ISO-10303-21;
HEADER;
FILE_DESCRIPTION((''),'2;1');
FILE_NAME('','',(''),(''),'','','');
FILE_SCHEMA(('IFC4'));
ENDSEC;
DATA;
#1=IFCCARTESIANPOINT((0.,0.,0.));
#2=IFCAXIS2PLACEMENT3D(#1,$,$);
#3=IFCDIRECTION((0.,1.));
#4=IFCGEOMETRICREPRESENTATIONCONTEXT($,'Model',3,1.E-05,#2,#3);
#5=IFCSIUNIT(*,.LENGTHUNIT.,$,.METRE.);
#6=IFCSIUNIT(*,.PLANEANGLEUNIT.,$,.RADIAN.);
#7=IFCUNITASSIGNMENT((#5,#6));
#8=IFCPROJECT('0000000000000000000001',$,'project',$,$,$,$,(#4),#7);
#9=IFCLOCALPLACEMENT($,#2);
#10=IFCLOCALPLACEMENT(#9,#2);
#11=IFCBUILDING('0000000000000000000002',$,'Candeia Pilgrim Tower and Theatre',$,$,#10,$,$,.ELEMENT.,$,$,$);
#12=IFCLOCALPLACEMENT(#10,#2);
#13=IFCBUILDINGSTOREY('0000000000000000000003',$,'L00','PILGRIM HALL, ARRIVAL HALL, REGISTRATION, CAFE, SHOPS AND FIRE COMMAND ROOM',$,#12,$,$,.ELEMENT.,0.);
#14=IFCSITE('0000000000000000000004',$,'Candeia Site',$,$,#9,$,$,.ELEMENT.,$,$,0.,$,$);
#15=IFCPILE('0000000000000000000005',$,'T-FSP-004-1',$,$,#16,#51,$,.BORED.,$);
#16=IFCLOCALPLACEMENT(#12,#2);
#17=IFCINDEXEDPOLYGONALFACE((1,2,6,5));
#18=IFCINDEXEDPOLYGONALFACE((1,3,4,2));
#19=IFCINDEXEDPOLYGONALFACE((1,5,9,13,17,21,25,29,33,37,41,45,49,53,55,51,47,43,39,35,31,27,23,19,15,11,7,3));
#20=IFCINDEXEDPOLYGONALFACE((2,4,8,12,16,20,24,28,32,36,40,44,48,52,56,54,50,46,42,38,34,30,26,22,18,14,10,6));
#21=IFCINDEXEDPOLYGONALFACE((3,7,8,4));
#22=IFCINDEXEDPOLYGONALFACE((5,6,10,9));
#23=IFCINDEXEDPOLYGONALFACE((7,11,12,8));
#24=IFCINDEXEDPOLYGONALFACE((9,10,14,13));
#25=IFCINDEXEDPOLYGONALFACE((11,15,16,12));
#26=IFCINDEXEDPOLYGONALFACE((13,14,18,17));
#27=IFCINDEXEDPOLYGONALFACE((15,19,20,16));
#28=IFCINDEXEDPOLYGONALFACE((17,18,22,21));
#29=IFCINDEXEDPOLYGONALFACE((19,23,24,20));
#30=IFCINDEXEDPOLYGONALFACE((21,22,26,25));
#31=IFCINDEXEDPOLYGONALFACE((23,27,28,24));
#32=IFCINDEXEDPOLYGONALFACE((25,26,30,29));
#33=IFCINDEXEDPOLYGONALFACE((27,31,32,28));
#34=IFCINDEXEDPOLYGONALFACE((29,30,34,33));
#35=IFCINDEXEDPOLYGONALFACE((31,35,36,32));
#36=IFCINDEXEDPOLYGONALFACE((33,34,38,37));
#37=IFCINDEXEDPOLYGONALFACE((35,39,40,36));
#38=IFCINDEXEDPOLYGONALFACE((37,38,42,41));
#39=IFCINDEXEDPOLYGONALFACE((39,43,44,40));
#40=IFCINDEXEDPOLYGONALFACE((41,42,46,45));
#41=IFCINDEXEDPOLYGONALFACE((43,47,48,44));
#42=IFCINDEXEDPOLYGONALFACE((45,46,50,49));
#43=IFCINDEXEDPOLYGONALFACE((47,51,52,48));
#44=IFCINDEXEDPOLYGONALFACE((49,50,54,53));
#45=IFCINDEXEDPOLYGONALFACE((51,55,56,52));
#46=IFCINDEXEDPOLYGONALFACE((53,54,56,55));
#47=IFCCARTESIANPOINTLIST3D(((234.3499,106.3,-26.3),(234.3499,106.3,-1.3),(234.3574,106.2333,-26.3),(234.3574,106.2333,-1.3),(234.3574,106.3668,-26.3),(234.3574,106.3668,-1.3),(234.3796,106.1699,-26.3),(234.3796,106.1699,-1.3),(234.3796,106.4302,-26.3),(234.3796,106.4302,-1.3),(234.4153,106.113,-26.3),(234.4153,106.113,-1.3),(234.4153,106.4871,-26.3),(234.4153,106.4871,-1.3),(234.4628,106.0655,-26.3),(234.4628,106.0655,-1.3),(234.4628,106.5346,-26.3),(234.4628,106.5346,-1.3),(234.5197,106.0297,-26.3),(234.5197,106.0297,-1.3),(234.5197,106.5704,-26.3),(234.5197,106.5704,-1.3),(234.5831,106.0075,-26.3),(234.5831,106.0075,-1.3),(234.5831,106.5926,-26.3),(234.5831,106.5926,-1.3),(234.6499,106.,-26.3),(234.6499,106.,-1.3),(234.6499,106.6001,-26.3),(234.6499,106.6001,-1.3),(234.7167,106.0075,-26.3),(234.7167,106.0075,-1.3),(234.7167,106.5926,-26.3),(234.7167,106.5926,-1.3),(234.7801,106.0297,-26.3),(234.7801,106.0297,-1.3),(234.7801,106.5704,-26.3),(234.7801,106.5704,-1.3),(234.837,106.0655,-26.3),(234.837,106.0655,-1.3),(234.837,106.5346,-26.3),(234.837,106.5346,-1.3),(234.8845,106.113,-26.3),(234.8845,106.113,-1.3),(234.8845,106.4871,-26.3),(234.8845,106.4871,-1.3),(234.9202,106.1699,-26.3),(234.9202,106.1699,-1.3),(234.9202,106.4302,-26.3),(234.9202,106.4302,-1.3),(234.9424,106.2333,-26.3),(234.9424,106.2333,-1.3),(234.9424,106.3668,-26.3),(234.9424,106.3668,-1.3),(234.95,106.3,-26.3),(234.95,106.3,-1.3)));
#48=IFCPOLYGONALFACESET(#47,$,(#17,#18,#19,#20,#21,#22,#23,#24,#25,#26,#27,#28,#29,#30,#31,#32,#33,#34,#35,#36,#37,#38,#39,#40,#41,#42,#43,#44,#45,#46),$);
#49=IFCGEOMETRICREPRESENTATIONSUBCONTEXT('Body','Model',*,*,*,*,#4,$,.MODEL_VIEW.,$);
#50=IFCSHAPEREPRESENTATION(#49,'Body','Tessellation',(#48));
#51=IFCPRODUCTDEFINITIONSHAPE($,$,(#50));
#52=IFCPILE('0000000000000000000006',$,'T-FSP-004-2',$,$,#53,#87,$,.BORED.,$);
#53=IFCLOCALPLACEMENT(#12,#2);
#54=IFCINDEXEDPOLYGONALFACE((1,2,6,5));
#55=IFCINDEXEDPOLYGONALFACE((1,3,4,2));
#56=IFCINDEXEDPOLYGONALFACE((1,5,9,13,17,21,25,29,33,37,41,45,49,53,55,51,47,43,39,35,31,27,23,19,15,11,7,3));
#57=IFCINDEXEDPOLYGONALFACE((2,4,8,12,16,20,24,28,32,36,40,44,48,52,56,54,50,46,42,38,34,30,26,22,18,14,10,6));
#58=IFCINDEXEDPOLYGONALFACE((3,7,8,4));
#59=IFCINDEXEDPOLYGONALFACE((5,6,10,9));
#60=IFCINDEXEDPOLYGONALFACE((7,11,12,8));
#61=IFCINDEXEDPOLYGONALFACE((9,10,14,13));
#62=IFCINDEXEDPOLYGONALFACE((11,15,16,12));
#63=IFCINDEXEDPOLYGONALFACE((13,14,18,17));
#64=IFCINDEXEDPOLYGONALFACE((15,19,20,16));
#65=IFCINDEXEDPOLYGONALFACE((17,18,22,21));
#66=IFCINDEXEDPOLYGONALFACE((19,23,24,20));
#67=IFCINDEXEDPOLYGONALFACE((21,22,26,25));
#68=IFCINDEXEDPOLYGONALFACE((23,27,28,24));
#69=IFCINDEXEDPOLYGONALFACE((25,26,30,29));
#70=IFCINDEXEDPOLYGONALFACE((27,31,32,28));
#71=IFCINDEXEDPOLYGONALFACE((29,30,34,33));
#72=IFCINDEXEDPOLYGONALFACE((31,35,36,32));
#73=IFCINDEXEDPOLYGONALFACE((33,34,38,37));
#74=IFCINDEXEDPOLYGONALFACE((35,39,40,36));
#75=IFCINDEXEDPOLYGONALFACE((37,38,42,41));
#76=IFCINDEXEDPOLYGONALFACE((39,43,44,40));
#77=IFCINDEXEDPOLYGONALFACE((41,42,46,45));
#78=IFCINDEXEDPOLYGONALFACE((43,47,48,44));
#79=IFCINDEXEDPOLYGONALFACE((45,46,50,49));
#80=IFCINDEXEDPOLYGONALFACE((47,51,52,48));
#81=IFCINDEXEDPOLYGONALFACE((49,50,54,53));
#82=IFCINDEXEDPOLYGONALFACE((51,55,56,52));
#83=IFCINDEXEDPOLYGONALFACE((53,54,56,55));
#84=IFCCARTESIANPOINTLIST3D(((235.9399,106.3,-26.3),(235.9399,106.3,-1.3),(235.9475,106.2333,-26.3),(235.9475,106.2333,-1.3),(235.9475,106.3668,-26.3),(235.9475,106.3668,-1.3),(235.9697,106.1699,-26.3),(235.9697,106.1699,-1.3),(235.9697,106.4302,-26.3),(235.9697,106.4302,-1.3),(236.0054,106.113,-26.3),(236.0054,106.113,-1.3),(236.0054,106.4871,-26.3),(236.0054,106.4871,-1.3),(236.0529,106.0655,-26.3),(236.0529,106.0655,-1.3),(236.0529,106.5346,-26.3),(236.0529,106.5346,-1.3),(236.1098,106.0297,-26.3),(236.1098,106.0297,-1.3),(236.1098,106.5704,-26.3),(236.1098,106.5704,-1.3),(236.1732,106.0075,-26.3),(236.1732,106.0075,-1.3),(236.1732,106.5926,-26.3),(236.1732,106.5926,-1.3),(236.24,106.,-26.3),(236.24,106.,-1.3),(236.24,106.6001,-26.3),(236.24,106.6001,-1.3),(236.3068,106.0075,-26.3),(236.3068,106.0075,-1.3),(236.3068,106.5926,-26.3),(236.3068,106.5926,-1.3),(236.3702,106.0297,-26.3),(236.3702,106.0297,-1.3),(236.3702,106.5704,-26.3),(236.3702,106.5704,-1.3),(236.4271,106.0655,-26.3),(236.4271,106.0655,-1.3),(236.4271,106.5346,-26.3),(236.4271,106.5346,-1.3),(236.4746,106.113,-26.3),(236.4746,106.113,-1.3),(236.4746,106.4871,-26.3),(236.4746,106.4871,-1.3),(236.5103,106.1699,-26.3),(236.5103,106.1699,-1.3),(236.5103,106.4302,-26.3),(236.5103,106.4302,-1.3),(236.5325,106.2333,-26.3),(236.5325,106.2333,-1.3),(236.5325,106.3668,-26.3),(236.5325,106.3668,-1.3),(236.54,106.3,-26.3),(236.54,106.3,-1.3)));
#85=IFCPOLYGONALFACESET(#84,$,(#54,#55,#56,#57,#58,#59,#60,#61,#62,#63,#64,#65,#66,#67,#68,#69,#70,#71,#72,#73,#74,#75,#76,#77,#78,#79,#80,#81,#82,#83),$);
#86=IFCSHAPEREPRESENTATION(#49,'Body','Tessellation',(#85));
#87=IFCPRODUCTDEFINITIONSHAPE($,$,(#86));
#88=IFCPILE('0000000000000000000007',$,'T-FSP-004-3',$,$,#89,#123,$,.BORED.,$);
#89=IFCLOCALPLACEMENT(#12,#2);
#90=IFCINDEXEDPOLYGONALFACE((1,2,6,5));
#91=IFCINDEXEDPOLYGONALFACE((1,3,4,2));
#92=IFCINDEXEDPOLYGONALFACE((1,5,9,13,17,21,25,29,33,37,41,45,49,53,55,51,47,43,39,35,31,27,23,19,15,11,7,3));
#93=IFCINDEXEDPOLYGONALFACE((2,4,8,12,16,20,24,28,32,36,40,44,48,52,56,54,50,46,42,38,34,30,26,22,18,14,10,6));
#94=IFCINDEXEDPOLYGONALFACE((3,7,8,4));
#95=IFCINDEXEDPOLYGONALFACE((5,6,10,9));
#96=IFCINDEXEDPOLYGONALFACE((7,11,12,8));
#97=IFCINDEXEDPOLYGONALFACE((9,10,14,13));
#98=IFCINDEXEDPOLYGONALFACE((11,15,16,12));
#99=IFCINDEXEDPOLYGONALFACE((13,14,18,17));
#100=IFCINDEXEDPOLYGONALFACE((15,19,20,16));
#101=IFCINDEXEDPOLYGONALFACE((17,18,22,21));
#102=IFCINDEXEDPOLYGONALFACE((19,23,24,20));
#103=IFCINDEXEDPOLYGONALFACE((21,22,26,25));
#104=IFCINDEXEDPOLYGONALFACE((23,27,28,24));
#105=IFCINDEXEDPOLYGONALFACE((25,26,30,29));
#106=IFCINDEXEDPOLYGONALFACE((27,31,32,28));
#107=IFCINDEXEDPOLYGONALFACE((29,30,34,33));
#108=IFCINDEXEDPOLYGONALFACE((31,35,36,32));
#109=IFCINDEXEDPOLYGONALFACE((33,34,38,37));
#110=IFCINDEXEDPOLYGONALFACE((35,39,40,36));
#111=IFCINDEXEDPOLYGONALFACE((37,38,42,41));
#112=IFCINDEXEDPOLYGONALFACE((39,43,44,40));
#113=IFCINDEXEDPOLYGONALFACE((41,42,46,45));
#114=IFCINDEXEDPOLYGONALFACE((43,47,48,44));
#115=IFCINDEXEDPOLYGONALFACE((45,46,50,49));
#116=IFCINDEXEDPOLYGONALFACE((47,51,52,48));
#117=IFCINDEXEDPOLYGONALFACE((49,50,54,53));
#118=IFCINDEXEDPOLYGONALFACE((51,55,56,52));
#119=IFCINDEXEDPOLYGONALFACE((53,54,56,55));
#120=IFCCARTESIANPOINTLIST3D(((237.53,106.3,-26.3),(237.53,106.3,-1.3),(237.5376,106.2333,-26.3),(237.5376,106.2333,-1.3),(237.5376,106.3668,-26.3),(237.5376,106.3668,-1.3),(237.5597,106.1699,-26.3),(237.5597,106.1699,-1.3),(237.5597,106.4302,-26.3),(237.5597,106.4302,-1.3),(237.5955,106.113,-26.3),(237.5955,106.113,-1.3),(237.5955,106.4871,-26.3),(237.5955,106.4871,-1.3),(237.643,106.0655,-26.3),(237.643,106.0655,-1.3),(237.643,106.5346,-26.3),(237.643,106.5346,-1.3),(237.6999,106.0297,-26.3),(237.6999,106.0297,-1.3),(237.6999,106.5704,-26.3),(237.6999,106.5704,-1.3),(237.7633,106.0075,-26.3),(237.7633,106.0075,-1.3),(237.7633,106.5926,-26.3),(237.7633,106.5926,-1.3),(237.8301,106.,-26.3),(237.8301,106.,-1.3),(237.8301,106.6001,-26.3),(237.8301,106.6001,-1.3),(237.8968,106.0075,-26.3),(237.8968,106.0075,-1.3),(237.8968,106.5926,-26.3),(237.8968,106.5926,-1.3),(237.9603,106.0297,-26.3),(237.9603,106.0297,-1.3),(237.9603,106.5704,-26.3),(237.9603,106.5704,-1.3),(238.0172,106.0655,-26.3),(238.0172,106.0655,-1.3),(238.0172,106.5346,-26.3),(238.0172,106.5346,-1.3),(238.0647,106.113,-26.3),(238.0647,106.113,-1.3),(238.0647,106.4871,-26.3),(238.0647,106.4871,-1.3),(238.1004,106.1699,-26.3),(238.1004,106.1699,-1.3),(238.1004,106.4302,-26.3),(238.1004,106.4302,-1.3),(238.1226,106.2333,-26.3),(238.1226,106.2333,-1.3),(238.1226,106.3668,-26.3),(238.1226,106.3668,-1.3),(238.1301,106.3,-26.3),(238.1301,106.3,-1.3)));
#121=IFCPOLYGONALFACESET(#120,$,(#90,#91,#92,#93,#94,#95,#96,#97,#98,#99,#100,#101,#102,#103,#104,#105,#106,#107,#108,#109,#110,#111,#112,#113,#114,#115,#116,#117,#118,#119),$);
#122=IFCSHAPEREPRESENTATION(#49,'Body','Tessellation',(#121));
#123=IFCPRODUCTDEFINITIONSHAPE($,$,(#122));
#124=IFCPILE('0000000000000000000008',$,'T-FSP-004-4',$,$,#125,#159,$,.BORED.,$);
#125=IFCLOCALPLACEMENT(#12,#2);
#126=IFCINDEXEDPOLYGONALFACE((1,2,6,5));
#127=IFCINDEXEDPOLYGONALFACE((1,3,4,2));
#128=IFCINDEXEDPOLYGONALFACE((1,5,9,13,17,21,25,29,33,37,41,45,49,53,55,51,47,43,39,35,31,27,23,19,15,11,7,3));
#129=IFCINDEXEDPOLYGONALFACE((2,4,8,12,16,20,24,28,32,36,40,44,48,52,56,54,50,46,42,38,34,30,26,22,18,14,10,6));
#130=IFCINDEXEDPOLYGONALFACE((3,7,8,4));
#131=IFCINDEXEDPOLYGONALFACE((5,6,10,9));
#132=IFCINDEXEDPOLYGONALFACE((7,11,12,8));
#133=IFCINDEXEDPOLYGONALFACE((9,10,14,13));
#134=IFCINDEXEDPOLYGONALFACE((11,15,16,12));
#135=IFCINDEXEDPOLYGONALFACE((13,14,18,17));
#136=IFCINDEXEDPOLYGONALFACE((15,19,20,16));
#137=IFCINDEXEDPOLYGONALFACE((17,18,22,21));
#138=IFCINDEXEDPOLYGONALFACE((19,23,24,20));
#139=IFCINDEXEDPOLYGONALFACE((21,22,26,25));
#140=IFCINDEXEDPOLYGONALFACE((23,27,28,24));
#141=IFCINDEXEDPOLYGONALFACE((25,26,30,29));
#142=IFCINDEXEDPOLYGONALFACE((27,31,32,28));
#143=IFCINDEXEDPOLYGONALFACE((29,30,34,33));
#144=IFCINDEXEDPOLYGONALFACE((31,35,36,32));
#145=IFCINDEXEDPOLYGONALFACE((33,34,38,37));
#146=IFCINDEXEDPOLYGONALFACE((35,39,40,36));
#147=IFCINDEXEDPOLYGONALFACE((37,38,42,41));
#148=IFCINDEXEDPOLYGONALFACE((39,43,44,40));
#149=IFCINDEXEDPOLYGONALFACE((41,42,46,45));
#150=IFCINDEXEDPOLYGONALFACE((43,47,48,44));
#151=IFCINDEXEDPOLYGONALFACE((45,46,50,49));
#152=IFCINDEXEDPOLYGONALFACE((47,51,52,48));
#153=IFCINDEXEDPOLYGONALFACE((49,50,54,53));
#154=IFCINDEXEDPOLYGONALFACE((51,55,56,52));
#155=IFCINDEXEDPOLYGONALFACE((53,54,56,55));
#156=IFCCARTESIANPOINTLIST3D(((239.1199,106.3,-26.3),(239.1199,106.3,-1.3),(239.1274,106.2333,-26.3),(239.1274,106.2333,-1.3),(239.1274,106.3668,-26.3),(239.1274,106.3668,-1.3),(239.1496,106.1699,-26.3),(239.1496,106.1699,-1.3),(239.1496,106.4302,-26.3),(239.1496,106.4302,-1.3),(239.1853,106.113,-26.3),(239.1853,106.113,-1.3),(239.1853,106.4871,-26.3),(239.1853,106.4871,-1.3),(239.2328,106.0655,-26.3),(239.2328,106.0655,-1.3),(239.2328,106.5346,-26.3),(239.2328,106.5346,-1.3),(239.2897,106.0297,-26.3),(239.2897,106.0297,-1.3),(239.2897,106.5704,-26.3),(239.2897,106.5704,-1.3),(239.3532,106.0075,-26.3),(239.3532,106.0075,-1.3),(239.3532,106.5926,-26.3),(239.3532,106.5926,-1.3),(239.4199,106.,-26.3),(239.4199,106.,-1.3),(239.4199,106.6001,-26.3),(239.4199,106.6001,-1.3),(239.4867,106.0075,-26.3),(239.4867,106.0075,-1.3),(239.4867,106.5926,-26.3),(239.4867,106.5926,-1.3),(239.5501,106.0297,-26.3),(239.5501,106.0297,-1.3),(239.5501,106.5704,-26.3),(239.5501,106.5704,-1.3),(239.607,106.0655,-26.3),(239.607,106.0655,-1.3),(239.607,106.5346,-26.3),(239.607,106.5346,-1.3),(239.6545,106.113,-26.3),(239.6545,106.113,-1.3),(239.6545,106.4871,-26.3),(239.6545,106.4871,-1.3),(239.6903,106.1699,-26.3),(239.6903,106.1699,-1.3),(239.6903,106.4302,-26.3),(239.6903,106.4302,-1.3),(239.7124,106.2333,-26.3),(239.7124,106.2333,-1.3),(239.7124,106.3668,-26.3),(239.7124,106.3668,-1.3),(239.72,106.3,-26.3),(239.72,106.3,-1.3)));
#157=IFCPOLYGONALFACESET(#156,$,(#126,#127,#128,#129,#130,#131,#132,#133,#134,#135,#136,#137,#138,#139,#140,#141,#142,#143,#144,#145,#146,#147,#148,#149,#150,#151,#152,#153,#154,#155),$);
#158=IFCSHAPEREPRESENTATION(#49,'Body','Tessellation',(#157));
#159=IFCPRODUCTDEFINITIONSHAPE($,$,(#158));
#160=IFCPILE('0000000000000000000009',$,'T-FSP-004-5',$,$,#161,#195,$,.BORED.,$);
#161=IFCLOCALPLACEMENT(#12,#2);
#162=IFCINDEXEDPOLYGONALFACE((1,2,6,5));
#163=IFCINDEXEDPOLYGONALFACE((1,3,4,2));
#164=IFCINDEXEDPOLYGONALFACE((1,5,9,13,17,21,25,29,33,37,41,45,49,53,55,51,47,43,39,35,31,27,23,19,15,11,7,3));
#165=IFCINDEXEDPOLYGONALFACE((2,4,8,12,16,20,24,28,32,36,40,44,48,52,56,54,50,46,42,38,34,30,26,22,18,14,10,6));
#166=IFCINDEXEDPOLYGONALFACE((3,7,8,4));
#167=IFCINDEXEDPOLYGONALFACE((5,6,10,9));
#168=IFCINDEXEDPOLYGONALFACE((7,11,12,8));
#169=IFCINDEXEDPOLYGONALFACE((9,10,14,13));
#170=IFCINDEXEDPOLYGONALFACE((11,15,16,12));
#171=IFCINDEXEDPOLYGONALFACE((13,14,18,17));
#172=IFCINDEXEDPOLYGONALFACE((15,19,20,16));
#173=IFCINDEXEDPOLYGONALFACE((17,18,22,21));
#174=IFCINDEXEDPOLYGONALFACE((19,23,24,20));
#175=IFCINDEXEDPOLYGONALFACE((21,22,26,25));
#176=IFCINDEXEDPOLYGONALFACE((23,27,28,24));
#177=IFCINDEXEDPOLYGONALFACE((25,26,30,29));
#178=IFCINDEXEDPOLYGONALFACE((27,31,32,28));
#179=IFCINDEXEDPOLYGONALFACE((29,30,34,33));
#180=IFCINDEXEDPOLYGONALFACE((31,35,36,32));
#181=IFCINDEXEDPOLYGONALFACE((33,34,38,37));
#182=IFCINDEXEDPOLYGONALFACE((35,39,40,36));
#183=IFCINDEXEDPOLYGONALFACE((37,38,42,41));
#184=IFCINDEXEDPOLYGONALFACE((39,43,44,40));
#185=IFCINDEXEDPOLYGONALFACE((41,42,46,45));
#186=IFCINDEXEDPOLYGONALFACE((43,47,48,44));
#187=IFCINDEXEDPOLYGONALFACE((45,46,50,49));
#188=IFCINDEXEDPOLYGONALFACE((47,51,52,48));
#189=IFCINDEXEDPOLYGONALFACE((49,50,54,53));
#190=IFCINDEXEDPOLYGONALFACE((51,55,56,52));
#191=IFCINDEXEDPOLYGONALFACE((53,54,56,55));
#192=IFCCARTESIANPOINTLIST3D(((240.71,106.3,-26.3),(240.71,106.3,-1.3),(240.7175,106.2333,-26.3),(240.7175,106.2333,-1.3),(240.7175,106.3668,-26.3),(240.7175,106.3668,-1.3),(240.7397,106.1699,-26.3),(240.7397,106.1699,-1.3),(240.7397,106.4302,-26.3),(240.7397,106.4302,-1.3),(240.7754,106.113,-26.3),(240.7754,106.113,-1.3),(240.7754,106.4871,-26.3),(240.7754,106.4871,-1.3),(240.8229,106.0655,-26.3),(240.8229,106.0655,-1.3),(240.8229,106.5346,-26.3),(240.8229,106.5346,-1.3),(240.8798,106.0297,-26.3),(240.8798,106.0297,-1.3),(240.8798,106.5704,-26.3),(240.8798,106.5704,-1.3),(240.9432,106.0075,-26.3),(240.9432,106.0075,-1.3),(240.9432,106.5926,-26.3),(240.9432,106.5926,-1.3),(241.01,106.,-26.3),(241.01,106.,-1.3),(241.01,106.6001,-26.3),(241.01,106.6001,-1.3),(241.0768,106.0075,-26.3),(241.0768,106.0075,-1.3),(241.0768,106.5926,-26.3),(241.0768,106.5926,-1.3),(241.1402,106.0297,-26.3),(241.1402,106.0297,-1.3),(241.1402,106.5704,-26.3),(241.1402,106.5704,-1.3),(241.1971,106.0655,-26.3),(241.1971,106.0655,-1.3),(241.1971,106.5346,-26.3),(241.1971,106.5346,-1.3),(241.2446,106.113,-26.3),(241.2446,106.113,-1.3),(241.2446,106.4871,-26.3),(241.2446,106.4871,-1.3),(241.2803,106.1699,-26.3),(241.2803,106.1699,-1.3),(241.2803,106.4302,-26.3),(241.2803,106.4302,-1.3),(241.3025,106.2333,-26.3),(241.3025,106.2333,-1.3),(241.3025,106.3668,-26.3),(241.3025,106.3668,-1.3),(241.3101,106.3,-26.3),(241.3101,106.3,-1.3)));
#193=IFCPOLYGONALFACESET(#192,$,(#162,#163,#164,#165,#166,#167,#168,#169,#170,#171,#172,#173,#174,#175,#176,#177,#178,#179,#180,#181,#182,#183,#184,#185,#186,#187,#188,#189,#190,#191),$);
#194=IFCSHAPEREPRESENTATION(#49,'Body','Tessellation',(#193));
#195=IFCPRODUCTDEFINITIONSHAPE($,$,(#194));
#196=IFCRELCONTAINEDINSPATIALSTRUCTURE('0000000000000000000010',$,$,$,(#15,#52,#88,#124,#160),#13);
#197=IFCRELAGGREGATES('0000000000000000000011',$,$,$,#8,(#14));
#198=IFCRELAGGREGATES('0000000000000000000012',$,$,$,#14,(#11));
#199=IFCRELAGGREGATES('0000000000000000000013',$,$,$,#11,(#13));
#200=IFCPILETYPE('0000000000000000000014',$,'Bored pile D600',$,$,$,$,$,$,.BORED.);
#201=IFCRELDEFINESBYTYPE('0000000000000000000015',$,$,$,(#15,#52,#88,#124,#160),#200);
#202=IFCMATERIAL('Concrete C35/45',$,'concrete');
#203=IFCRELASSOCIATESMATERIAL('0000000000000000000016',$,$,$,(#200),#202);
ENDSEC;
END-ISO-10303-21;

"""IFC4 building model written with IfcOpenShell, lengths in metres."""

from ifc_helpers import new_model, si_unit, direction, frame, origin, origin_2d, place, context, subcontext, project, spatial, circle, extrude, material, type_object, element, save


model = new_model("IFC4")

# Units and contexts
model_context = context("Model", 3, precision=1e-05, world=origin(), true_north=direction((0.0, 1.0)))
body_context = subcontext(model_context, "Body", "Model", "MODEL_VIEW")
ifc_project = project(units=[si_unit("LENGTHUNIT", "METRE"), si_unit("PLANEANGLEUNIT", "RADIAN")], contexts=[model_context])

# Site, building, storey
site_placement = place(None, origin())
site = spatial("IfcSite", under=ifc_project, at=site_placement, Name="Candeia Site", CompositionType="ELEMENT", RefElevation=0.0)
building_placement = place(site_placement, origin())
building = spatial("IfcBuilding", under=site, at=building_placement, Name="Candeia Pilgrim Tower and Theatre", CompositionType="ELEMENT")
storey_placement = place(building_placement, origin())
storey = spatial("IfcBuildingStorey", under=building, at=storey_placement, Name="L00", Description="PILGRIM HALL, ARRIVAL HALL, REGISTRATION, CAFE, SHOPS AND FIRE COMMAND ROOM", CompositionType="ELEMENT", Elevation=0.0)

# Piles
ifc_material_1 = material(Name="Concrete C35/45", Category="concrete")
pile_type = type_object("IfcPileType", Name="Bored pile D600", PredefinedType="BORED", material=ifc_material_1)
for number, where, z_axis, x_axis, name in (
    (1, (234.6499, 106.3, -1.3), (0.0, 0.0, -1.0), (1.0, 0.0, 0.0), "T-FSP-004-1"),
    (2, (236.24, 106.3, -1.3), (0.0, 0.0, -1.0), (1.0, 0.0, 0.0), "T-FSP-004-2"),
    (3, (237.8301, 106.3, -1.3), (0.0, 0.0, -1.0), (1.0, 0.0, 0.0), "T-FSP-004-3"),
    (4, (239.4199, 106.3, -1.3), (0.0, 0.0, -1.0), (1.0, 0.0, 0.0), "T-FSP-004-4"),
    (5, (241.01, 106.3, -1.3), (0.0, 0.0, -1.0), (1.0, 0.0, 0.0), "T-FSP-004-5"),
):
    element("IfcPile", number, at=place(storey_placement, frame(where, z_axis=z_axis, x_axis=x_axis)), inside=storey, type_object=pile_type, Name=name, PredefinedType="BORED", context=body_context, shape_type="SweptSolid", body=[
        extrude(circle(Radius=0.3, at=origin_2d()), origin(), (0.0, 0.0, 1.0), 25.0),
    ])

save(model, "model.ifc")
